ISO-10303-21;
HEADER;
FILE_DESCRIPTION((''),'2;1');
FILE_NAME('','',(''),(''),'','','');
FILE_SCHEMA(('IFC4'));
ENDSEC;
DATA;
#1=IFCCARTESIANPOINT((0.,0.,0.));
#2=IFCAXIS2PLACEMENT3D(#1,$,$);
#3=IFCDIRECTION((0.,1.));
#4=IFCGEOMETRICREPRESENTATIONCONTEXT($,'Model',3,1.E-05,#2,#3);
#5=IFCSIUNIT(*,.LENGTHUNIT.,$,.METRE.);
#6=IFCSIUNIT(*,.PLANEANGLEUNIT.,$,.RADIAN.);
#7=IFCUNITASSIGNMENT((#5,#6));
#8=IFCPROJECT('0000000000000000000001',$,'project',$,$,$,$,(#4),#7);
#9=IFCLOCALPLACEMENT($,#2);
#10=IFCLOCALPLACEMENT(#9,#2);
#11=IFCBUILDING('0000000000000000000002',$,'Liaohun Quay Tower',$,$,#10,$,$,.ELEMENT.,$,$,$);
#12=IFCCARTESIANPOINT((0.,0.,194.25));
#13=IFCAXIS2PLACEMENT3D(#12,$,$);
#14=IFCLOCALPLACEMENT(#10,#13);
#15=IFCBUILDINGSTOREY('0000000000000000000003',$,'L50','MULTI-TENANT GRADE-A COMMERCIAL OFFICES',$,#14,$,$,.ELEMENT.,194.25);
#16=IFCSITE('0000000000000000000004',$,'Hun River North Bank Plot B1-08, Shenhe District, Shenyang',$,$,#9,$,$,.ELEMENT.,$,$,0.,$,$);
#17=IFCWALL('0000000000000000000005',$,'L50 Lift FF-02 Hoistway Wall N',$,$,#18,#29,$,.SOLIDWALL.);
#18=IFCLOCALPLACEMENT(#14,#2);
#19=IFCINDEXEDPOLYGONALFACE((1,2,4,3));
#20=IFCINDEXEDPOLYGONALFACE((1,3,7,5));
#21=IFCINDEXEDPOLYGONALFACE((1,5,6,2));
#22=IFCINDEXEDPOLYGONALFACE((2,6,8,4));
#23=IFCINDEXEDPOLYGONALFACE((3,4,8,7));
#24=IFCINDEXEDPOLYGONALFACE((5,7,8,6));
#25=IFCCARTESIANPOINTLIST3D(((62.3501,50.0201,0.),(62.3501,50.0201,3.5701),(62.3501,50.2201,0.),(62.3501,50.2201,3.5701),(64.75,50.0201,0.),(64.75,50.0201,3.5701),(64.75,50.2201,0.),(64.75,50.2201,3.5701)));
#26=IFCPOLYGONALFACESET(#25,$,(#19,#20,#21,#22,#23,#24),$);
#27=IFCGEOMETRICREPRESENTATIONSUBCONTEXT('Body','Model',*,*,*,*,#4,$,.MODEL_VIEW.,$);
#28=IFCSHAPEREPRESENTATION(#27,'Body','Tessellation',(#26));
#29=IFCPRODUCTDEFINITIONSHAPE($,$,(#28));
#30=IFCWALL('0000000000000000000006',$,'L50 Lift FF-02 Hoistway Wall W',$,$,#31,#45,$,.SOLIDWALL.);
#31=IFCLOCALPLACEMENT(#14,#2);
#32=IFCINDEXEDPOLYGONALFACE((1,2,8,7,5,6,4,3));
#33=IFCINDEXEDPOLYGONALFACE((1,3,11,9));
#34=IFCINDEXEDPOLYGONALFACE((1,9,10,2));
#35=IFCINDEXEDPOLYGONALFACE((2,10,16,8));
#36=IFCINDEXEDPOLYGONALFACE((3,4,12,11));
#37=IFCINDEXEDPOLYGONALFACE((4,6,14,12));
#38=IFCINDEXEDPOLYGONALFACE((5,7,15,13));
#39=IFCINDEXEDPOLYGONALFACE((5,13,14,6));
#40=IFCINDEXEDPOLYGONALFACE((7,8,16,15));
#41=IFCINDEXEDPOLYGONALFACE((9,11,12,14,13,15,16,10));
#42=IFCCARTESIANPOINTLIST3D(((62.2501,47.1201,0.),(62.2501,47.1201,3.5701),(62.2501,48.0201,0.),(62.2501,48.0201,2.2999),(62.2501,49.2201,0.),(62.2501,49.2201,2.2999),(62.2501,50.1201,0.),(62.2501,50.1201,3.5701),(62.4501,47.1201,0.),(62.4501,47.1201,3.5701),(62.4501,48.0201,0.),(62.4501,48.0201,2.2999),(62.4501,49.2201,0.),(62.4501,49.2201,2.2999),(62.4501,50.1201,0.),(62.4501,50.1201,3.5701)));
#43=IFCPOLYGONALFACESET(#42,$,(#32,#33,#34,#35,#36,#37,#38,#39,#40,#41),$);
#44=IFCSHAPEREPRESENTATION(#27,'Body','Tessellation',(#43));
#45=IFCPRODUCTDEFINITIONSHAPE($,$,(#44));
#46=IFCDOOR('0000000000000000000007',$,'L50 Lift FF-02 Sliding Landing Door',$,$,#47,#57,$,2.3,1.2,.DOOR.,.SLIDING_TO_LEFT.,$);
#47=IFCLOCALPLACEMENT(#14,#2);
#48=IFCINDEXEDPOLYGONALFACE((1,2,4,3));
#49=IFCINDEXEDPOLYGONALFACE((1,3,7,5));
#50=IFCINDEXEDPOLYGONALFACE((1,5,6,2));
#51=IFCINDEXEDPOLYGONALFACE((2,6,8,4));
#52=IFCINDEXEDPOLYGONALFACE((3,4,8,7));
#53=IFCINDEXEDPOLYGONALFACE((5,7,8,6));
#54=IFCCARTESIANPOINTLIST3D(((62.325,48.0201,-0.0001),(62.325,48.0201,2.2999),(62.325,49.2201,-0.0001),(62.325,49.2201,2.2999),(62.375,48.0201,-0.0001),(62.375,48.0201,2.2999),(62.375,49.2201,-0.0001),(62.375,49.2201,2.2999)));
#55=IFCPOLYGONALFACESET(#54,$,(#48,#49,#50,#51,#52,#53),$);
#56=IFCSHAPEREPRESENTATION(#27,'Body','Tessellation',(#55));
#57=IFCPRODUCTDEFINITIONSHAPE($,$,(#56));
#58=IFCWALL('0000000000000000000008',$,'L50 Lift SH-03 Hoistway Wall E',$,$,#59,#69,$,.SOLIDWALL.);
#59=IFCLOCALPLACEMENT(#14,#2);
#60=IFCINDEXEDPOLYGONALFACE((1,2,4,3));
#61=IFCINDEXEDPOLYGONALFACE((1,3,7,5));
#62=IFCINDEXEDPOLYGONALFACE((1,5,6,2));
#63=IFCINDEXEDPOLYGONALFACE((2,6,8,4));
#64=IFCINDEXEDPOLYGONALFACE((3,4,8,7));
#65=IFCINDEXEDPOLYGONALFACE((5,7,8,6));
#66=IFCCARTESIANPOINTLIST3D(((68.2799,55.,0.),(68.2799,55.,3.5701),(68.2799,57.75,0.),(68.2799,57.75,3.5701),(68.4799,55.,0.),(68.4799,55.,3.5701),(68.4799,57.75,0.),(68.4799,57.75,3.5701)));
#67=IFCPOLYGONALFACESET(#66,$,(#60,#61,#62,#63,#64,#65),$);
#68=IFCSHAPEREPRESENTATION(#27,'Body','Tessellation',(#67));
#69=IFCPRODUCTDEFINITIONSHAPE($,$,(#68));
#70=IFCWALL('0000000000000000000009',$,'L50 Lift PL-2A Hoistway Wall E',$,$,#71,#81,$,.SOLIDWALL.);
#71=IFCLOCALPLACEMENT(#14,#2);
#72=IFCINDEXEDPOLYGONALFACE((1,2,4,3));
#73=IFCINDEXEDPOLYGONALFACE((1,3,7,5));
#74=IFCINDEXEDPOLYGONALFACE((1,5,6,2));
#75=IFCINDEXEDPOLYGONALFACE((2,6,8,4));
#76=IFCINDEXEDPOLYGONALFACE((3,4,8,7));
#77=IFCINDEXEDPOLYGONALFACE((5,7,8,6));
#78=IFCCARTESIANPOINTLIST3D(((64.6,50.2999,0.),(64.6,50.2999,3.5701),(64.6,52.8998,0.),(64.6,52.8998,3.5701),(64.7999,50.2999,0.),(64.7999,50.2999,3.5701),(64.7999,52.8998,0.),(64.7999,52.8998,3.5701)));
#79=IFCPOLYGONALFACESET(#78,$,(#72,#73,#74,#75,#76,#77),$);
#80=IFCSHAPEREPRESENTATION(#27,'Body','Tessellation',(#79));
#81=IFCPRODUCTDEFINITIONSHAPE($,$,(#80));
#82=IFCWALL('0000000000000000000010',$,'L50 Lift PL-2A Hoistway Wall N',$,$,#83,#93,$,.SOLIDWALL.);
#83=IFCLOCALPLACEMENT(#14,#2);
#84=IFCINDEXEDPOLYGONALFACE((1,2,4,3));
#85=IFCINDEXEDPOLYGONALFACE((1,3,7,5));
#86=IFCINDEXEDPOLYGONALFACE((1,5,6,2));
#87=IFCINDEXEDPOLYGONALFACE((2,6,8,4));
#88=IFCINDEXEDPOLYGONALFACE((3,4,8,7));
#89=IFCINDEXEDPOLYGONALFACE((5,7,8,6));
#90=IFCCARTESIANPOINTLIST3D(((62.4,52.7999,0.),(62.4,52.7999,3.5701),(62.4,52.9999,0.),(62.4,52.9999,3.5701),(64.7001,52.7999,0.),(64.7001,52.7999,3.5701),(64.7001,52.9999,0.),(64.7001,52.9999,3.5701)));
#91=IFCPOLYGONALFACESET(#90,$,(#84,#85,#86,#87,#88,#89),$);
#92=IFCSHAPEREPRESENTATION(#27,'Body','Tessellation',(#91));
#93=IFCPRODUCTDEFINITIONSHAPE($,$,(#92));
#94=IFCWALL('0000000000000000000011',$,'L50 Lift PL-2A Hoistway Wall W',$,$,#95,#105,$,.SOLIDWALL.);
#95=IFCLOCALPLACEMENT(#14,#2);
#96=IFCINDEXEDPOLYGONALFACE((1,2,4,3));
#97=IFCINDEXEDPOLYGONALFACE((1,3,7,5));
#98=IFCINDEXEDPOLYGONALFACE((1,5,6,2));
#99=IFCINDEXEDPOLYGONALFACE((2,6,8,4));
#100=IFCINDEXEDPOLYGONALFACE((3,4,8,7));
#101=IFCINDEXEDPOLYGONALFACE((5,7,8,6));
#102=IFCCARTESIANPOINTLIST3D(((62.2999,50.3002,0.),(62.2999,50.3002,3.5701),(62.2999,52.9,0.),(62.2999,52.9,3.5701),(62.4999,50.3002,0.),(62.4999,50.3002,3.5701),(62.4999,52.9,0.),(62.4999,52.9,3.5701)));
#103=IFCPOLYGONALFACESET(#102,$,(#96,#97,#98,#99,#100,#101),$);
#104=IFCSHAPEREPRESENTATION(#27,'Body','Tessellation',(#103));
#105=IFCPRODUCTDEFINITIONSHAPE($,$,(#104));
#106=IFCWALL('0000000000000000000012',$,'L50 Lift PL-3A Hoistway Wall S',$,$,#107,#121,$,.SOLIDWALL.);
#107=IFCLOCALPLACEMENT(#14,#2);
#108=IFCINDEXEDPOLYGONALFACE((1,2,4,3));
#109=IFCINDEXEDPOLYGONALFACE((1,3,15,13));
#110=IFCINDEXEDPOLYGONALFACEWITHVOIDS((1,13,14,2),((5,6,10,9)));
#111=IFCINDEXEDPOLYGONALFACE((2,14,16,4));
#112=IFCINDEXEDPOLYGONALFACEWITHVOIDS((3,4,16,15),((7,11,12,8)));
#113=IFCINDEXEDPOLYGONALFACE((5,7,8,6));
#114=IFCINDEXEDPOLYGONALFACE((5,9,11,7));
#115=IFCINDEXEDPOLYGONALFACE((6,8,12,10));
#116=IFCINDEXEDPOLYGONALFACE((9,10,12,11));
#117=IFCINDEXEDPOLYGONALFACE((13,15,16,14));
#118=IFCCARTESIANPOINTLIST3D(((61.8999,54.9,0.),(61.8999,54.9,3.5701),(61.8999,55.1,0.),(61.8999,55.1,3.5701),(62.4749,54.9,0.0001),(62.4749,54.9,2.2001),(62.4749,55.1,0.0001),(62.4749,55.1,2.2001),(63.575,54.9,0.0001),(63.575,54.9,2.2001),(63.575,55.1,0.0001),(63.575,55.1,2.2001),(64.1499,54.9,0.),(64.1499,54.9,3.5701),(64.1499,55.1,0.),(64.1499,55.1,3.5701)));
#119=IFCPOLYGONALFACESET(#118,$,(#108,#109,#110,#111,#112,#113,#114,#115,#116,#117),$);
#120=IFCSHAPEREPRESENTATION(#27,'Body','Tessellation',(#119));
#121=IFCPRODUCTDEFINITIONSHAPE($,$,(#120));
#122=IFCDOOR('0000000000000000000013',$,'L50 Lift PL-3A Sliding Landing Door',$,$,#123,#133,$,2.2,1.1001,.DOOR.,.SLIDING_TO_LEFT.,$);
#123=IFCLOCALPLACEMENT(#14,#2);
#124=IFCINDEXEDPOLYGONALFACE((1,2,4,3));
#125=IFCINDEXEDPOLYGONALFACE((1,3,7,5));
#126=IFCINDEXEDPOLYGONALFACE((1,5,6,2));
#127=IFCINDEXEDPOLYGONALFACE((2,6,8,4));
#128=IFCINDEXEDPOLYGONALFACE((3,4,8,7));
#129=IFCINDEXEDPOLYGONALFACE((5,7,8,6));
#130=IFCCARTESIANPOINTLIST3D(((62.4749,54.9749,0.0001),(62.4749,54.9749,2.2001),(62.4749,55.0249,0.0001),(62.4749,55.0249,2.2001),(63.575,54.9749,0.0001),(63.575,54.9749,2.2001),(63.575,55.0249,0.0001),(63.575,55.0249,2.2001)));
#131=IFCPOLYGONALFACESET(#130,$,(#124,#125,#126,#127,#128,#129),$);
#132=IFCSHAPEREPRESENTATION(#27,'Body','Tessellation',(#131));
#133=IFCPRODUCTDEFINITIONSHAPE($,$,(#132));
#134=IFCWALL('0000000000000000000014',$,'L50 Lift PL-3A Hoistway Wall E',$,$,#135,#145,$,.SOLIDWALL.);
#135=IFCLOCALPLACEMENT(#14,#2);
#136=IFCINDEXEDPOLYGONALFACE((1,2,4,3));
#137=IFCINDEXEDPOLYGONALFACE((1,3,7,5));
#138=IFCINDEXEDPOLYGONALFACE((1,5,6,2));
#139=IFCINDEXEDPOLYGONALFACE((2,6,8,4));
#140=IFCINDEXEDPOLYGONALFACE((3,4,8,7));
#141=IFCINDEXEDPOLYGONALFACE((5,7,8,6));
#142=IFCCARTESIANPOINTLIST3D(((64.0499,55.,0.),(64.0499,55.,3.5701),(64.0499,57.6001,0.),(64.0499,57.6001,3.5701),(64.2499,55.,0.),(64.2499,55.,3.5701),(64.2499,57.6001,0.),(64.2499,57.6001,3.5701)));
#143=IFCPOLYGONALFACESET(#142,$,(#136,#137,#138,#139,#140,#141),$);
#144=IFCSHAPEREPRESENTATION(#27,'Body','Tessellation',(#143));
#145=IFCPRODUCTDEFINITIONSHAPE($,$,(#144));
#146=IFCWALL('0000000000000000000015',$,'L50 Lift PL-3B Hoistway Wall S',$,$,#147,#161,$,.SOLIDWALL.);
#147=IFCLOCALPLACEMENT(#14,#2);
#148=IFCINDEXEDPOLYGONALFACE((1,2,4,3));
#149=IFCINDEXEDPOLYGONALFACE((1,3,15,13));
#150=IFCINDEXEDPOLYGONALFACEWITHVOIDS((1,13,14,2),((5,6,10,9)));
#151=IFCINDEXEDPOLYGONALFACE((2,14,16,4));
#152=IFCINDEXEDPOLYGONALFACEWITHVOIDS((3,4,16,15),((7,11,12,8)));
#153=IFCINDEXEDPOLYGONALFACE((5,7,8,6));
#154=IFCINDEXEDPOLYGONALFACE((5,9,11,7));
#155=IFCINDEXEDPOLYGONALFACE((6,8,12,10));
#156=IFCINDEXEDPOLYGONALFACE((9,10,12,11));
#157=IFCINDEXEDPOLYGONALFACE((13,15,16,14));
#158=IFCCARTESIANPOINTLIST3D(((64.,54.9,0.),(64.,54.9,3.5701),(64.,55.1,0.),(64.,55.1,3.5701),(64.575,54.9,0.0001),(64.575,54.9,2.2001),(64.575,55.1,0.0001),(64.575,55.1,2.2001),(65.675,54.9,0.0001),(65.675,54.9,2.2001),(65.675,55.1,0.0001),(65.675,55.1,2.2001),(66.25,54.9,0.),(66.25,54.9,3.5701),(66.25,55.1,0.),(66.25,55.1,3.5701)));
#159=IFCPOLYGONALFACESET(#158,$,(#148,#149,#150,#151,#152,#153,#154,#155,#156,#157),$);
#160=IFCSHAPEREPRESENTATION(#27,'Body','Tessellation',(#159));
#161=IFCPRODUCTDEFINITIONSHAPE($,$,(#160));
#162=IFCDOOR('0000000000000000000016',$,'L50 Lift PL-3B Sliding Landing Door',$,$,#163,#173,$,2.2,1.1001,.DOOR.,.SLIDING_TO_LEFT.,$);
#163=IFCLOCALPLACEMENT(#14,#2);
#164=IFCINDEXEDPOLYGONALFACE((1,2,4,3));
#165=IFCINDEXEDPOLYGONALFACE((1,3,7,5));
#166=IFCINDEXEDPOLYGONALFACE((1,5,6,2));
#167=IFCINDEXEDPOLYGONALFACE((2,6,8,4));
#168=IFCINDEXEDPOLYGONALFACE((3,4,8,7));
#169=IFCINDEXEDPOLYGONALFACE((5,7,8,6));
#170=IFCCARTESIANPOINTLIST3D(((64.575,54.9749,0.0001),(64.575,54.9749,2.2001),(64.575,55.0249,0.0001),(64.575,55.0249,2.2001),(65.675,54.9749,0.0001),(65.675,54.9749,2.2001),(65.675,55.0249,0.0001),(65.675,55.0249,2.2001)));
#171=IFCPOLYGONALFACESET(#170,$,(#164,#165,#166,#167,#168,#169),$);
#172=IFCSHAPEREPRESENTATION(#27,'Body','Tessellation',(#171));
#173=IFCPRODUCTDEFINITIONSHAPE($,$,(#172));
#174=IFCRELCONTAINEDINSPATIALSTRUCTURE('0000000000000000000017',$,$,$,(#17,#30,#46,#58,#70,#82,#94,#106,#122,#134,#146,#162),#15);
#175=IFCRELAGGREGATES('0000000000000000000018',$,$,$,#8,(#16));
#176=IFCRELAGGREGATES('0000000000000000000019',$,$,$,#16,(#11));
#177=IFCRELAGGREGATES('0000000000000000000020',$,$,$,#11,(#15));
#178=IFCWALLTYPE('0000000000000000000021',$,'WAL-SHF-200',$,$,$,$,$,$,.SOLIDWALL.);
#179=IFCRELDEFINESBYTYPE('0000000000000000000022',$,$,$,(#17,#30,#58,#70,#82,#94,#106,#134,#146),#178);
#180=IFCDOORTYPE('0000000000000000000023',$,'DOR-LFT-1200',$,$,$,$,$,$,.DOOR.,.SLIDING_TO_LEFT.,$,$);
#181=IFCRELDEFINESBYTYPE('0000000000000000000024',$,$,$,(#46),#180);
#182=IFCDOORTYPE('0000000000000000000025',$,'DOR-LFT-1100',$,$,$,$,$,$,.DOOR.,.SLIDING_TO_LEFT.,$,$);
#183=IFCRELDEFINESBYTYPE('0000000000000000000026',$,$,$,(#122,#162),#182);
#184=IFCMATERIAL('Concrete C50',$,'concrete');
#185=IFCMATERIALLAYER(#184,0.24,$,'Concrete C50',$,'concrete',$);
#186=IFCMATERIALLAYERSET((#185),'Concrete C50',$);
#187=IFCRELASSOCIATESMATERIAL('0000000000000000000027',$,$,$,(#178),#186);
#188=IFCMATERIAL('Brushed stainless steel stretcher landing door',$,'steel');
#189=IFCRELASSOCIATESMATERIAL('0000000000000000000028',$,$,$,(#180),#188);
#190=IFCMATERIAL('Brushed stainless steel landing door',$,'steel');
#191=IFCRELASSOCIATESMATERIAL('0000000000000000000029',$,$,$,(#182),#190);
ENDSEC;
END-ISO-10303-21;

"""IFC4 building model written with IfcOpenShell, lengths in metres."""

from ifc_helpers import new_model, si_unit, direction, frame, frame_2d, origin, place, context, subcontext, project, spatial, rectangle, extrude, source, transform, mapped, material, layer, layer_set, type_object, element, fill, save


model = new_model("IFC4")

# Units and contexts
model_context = context("Model", 3, precision=1e-05, world=origin(), true_north=direction((0.0, 1.0)))
body_context = subcontext(model_context, "Body", "Model", "MODEL_VIEW")
ifc_project = project(units=[si_unit("LENGTHUNIT", "METRE"), si_unit("PLANEANGLEUNIT", "RADIAN")], contexts=[model_context])

# Site, building, storey
site_placement = place(None, origin())
site = spatial("IfcSite", under=ifc_project, at=site_placement, Name="Hun River North Bank Plot B1-08, Shenhe District, Shenyang", CompositionType="ELEMENT", RefElevation=0.0)
building_placement = place(site_placement, origin())
building = spatial("IfcBuilding", under=site, at=building_placement, Name="Liaohun Quay Tower", CompositionType="ELEMENT")
storey_placement = place(building_placement, frame((0.0, 0.0, 194.25)))
storey = spatial("IfcBuildingStorey", under=building, at=storey_placement, Name="L50", Description="MULTI-TENANT GRADE-A COMMERCIAL OFFICES", CompositionType="ELEMENT", Elevation=194.25)

# Wall
ifc_material_1 = material(Name="Concrete C50", Category="concrete")
ifc_layer_1 = layer(ifc_material_1, 0.24, Name="Concrete C50", Category="concrete")
ifc_layer_set_1 = layer_set([ifc_layer_1], Name="Concrete C50")
wall_type_1 = type_object("IfcWallType", Name="WAL-SHF-200", PredefinedType="SOLIDWALL", material=ifc_layer_set_1)
wall_1_placement = place(storey_placement, frame((64.75, 50.1201, 0.0), z_axis=(0.0, 0.0, 1.0), x_axis=(-1.0, 0.0, 0.0)))
element("IfcWall", 1, at=wall_1_placement, inside=storey, type_object=wall_type_1, Name="L50 Lift FF-02 Hoistway Wall N", PredefinedType="SOLIDWALL", context=body_context, shape_type="SweptSolid", body=[
    extrude(rectangle(XDim=2.3999, YDim=0.2, at=frame_2d((1.2, 0.0))), origin(), (0.0, 0.0, 1.0), 3.5701),
])

# Wall, opening, door
wall_2_placement = place(storey_placement, frame((62.3501, 50.1201, 0.0), z_axis=(0.0, 0.0, 1.0), x_axis=(0.0, -1.0, 0.0)))
wall_2 = element("IfcWall", 2, at=wall_2_placement, inside=storey, type_object=wall_type_1, Name="L50 Lift FF-02 Hoistway Wall W", PredefinedType="SOLIDWALL", context=body_context, shape_type="SweptSolid", body=[
    extrude(rectangle(XDim=3.0, YDim=0.2, at=frame_2d((1.5, 0.0))), origin(), (0.0, 0.0, 1.0), 3.5701),
])
shared_shape_1 = source(origin(), body_context, "Body", "SweptSolid", [
    extrude(rectangle(XDim=1.2, YDim=2.3, at=frame_2d((0.6001, 1.1499))), frame((0.0, 0.1099, 0.0), z_axis=(0.0, -1.0, 0.0), x_axis=(1.0, 0.0, 0.0)), (0.0, 0.0, 1.0), 0.22),
])
opening_1_placement = place(wall_2_placement, frame((0.8999, 0.0, 0.0)))
opening_1 = element("IfcOpeningElement", 3, at=opening_1_placement, cuts=wall_2, PredefinedType="OPENING", context=body_context, shape_type="MappedRepresentation", body=[
    mapped(shared_shape_1, transform((0.0, 0.0, 0.0), x_axis=(1.0, 0.0, 0.0), y_axis=(0.0, 1.0, 0.0), z_axis=(0.0, 0.0, 1.0), scale=1.0)),
])
ifc_material_2 = material(Name="Brushed stainless steel stretcher landing door", Category="steel")
door_type_1 = type_object("IfcDoorType", Name="DOR-LFT-1200", OperationType="SLIDING_TO_LEFT", PredefinedType="DOOR", material=ifc_material_2)
shared_shape_2 = source(origin(), body_context, "Body", "SweptSolid", [
    extrude(rectangle(XDim=1.2, YDim=2.3, at=frame_2d((0.6001, 1.1499))), frame((0.0, 0.0249, 0.0), z_axis=(0.0, -1.0, 0.0), x_axis=(1.0, 0.0, 0.0)), (0.0, 0.0, 1.0), 0.05),
])
door_1_placement = place(opening_1_placement, origin())
door_1 = element("IfcDoor", 4, at=door_1_placement, inside=storey, type_object=door_type_1, Name="L50 Lift FF-02 Sliding Landing Door", OperationType="SLIDING_TO_LEFT", OverallHeight=2.3, OverallWidth=1.2, PredefinedType="DOOR", context=body_context, shape_type="MappedRepresentation", body=[
    mapped(shared_shape_2, transform((0.0, 0.0, 0.0), x_axis=(1.0, 0.0, 0.0), y_axis=(0.0, 1.0, 0.0), z_axis=(0.0, 0.0, 1.0), scale=1.0)),
])
fill(opening_1, door_1)

# Walls
wall_3_placement = place(storey_placement, frame((68.3799, 55.0, 0.0), z_axis=(0.0, 0.0, 1.0), x_axis=(0.0, 1.0, 0.0)))
element("IfcWall", 5, at=wall_3_placement, inside=storey, type_object=wall_type_1, Name="L50 Lift SH-03 Hoistway Wall E", PredefinedType="SOLIDWALL", context=body_context, shape_type="SweptSolid", body=[
    extrude(rectangle(XDim=2.75, YDim=0.2, at=frame_2d((1.375, 0.0))), origin(), (0.0, 0.0, 1.0), 3.5701),
])
wall_4_placement = place(storey_placement, frame((64.7, 50.3, 0.0), z_axis=(0.0, 0.0, 1.0), x_axis=(0.0, 1.0, 0.0)))
element("IfcWall", 6, at=wall_4_placement, inside=storey, type_object=wall_type_1, Name="L50 Lift PL-2A Hoistway Wall E", PredefinedType="SOLIDWALL", context=body_context, shape_type="SweptSolid", body=[
    extrude(rectangle(XDim=2.5999, YDim=0.2, at=frame_2d((1.2998, 0.0))), origin(), (0.0, 0.0, 1.0), 3.5701),
])
wall_5_placement = place(storey_placement, frame((64.7, 52.8999, 0.0), z_axis=(0.0, 0.0, 1.0), x_axis=(-1.0, 0.0, 0.0)))
element("IfcWall", 7, at=wall_5_placement, inside=storey, type_object=wall_type_1, Name="L50 Lift PL-2A Hoistway Wall N", PredefinedType="SOLIDWALL", context=body_context, shape_type="SweptSolid", body=[
    extrude(rectangle(XDim=2.3, YDim=0.2, at=frame_2d((1.1499, 0.0))), origin(), (0.0, 0.0, 1.0), 3.5701),
])
wall_6_placement = place(storey_placement, frame((62.3999, 52.8999, 0.0), z_axis=(0.0, 0.0, 1.0), x_axis=(0.0, -1.0, 0.0)))
element("IfcWall", 8, at=wall_6_placement, inside=storey, type_object=wall_type_1, Name="L50 Lift PL-2A Hoistway Wall W", PredefinedType="SOLIDWALL", context=body_context, shape_type="SweptSolid", body=[
    extrude(rectangle(XDim=2.5999, YDim=0.2, at=frame_2d((1.2998, 0.0))), origin(), (0.0, 0.0, 1.0), 3.5701),
])

# Wall, opening, door
wall_7_placement = place(storey_placement, frame((61.8999, 55.0, 0.0), z_axis=(0.0, 0.0, 1.0), x_axis=(1.0, 0.0, 0.0)))
wall_7 = element("IfcWall", 9, at=wall_7_placement, inside=storey, type_object=wall_type_1, Name="L50 Lift PL-3A Hoistway Wall S", PredefinedType="SOLIDWALL", context=body_context, shape_type="SweptSolid", body=[
    extrude(rectangle(XDim=2.25, YDim=0.2, at=frame_2d((1.125, 0.0))), origin(), (0.0, 0.0, 1.0), 3.5701),
])
shared_shape_3 = source(origin(), body_context, "Body", "SweptSolid", [
    extrude(rectangle(XDim=1.1001, YDim=2.2, at=frame_2d((0.55, 1.1001))), frame((0.0, 0.1099, 0.0), z_axis=(0.0, -1.0, 0.0), x_axis=(1.0, 0.0, 0.0)), (0.0, 0.0, 1.0), 0.22),
])
opening_2_placement = place(wall_7_placement, frame((0.575, 0.0, 0.0)))
opening_2 = element("IfcOpeningElement", 10, at=opening_2_placement, cuts=wall_7, PredefinedType="OPENING", context=body_context, shape_type="MappedRepresentation", body=[
    mapped(shared_shape_3, transform((0.0, 0.0, 0.0), x_axis=(1.0, 0.0, 0.0), y_axis=(0.0, 1.0, 0.0), z_axis=(0.0, 0.0, 1.0), scale=1.0)),
])
ifc_material_3 = material(Name="Brushed stainless steel landing door", Category="steel")
door_type_2 = type_object("IfcDoorType", Name="DOR-LFT-1100", OperationType="SLIDING_TO_LEFT", PredefinedType="DOOR", material=ifc_material_3)
shared_shape_4 = source(origin(), body_context, "Body", "SweptSolid", [
    extrude(rectangle(XDim=1.1001, YDim=2.2, at=frame_2d((0.55, 1.1001))), frame((0.0, 0.0249, 0.0), z_axis=(0.0, -1.0, 0.0), x_axis=(1.0, 0.0, 0.0)), (0.0, 0.0, 1.0), 0.05),
])
door_2_placement = place(opening_2_placement, origin())
door_2 = element("IfcDoor", 11, at=door_2_placement, inside=storey, type_object=door_type_2, Name="L50 Lift PL-3A Sliding Landing Door", OperationType="SLIDING_TO_LEFT", OverallHeight=2.2, OverallWidth=1.1001, PredefinedType="DOOR", context=body_context, shape_type="MappedRepresentation", body=[
    mapped(shared_shape_4, transform((0.0, 0.0, 0.0), x_axis=(1.0, 0.0, 0.0), y_axis=(0.0, 1.0, 0.0), z_axis=(0.0, 0.0, 1.0), scale=1.0)),
])
fill(opening_2, door_2)

# Wall
wall_8_placement = place(storey_placement, frame((64.1499, 55.0, 0.0), z_axis=(0.0, 0.0, 1.0), x_axis=(0.0, 1.0, 0.0)))
element("IfcWall", 12, at=wall_8_placement, inside=storey, type_object=wall_type_1, Name="L50 Lift PL-3A Hoistway Wall E", PredefinedType="SOLIDWALL", context=body_context, shape_type="SweptSolid", body=[
    extrude(rectangle(XDim=2.6001, YDim=0.2, at=frame_2d((1.3, 0.0))), origin(), (0.0, 0.0, 1.0), 3.5701),
])

# Wall, opening, door
wall_9_placement = place(storey_placement, frame((64.0, 55.0, 0.0), z_axis=(0.0, 0.0, 1.0), x_axis=(1.0, 0.0, 0.0)))
wall_9 = element("IfcWall", 13, at=wall_9_placement, inside=storey, type_object=wall_type_1, Name="L50 Lift PL-3B Hoistway Wall S", PredefinedType="SOLIDWALL", context=body_context, shape_type="SweptSolid", body=[
    extrude(rectangle(XDim=2.25, YDim=0.2, at=frame_2d((1.125, 0.0))), origin(), (0.0, 0.0, 1.0), 3.5701),
])
opening_3_placement = place(wall_9_placement, frame((0.575, 0.0, 0.0)))
opening_3 = element("IfcOpeningElement", 14, at=opening_3_placement, cuts=wall_9, PredefinedType="OPENING", context=body_context, shape_type="MappedRepresentation", body=[
    mapped(shared_shape_3, transform((0.0, 0.0, 0.0), x_axis=(1.0, 0.0, 0.0), y_axis=(0.0, 1.0, 0.0), z_axis=(0.0, 0.0, 1.0), scale=1.0)),
])
door_3_placement = place(opening_3_placement, origin())
door_3 = element("IfcDoor", 15, at=door_3_placement, inside=storey, type_object=door_type_2, Name="L50 Lift PL-3B Sliding Landing Door", OperationType="SLIDING_TO_LEFT", OverallHeight=2.2, OverallWidth=1.1001, PredefinedType="DOOR", context=body_context, shape_type="MappedRepresentation", body=[
    mapped(shared_shape_4, transform((0.0, 0.0, 0.0), x_axis=(1.0, 0.0, 0.0), y_axis=(0.0, 1.0, 0.0), z_axis=(0.0, 0.0, 1.0), scale=1.0)),
])
fill(opening_3, door_3)

save(model, "model.ifc")
